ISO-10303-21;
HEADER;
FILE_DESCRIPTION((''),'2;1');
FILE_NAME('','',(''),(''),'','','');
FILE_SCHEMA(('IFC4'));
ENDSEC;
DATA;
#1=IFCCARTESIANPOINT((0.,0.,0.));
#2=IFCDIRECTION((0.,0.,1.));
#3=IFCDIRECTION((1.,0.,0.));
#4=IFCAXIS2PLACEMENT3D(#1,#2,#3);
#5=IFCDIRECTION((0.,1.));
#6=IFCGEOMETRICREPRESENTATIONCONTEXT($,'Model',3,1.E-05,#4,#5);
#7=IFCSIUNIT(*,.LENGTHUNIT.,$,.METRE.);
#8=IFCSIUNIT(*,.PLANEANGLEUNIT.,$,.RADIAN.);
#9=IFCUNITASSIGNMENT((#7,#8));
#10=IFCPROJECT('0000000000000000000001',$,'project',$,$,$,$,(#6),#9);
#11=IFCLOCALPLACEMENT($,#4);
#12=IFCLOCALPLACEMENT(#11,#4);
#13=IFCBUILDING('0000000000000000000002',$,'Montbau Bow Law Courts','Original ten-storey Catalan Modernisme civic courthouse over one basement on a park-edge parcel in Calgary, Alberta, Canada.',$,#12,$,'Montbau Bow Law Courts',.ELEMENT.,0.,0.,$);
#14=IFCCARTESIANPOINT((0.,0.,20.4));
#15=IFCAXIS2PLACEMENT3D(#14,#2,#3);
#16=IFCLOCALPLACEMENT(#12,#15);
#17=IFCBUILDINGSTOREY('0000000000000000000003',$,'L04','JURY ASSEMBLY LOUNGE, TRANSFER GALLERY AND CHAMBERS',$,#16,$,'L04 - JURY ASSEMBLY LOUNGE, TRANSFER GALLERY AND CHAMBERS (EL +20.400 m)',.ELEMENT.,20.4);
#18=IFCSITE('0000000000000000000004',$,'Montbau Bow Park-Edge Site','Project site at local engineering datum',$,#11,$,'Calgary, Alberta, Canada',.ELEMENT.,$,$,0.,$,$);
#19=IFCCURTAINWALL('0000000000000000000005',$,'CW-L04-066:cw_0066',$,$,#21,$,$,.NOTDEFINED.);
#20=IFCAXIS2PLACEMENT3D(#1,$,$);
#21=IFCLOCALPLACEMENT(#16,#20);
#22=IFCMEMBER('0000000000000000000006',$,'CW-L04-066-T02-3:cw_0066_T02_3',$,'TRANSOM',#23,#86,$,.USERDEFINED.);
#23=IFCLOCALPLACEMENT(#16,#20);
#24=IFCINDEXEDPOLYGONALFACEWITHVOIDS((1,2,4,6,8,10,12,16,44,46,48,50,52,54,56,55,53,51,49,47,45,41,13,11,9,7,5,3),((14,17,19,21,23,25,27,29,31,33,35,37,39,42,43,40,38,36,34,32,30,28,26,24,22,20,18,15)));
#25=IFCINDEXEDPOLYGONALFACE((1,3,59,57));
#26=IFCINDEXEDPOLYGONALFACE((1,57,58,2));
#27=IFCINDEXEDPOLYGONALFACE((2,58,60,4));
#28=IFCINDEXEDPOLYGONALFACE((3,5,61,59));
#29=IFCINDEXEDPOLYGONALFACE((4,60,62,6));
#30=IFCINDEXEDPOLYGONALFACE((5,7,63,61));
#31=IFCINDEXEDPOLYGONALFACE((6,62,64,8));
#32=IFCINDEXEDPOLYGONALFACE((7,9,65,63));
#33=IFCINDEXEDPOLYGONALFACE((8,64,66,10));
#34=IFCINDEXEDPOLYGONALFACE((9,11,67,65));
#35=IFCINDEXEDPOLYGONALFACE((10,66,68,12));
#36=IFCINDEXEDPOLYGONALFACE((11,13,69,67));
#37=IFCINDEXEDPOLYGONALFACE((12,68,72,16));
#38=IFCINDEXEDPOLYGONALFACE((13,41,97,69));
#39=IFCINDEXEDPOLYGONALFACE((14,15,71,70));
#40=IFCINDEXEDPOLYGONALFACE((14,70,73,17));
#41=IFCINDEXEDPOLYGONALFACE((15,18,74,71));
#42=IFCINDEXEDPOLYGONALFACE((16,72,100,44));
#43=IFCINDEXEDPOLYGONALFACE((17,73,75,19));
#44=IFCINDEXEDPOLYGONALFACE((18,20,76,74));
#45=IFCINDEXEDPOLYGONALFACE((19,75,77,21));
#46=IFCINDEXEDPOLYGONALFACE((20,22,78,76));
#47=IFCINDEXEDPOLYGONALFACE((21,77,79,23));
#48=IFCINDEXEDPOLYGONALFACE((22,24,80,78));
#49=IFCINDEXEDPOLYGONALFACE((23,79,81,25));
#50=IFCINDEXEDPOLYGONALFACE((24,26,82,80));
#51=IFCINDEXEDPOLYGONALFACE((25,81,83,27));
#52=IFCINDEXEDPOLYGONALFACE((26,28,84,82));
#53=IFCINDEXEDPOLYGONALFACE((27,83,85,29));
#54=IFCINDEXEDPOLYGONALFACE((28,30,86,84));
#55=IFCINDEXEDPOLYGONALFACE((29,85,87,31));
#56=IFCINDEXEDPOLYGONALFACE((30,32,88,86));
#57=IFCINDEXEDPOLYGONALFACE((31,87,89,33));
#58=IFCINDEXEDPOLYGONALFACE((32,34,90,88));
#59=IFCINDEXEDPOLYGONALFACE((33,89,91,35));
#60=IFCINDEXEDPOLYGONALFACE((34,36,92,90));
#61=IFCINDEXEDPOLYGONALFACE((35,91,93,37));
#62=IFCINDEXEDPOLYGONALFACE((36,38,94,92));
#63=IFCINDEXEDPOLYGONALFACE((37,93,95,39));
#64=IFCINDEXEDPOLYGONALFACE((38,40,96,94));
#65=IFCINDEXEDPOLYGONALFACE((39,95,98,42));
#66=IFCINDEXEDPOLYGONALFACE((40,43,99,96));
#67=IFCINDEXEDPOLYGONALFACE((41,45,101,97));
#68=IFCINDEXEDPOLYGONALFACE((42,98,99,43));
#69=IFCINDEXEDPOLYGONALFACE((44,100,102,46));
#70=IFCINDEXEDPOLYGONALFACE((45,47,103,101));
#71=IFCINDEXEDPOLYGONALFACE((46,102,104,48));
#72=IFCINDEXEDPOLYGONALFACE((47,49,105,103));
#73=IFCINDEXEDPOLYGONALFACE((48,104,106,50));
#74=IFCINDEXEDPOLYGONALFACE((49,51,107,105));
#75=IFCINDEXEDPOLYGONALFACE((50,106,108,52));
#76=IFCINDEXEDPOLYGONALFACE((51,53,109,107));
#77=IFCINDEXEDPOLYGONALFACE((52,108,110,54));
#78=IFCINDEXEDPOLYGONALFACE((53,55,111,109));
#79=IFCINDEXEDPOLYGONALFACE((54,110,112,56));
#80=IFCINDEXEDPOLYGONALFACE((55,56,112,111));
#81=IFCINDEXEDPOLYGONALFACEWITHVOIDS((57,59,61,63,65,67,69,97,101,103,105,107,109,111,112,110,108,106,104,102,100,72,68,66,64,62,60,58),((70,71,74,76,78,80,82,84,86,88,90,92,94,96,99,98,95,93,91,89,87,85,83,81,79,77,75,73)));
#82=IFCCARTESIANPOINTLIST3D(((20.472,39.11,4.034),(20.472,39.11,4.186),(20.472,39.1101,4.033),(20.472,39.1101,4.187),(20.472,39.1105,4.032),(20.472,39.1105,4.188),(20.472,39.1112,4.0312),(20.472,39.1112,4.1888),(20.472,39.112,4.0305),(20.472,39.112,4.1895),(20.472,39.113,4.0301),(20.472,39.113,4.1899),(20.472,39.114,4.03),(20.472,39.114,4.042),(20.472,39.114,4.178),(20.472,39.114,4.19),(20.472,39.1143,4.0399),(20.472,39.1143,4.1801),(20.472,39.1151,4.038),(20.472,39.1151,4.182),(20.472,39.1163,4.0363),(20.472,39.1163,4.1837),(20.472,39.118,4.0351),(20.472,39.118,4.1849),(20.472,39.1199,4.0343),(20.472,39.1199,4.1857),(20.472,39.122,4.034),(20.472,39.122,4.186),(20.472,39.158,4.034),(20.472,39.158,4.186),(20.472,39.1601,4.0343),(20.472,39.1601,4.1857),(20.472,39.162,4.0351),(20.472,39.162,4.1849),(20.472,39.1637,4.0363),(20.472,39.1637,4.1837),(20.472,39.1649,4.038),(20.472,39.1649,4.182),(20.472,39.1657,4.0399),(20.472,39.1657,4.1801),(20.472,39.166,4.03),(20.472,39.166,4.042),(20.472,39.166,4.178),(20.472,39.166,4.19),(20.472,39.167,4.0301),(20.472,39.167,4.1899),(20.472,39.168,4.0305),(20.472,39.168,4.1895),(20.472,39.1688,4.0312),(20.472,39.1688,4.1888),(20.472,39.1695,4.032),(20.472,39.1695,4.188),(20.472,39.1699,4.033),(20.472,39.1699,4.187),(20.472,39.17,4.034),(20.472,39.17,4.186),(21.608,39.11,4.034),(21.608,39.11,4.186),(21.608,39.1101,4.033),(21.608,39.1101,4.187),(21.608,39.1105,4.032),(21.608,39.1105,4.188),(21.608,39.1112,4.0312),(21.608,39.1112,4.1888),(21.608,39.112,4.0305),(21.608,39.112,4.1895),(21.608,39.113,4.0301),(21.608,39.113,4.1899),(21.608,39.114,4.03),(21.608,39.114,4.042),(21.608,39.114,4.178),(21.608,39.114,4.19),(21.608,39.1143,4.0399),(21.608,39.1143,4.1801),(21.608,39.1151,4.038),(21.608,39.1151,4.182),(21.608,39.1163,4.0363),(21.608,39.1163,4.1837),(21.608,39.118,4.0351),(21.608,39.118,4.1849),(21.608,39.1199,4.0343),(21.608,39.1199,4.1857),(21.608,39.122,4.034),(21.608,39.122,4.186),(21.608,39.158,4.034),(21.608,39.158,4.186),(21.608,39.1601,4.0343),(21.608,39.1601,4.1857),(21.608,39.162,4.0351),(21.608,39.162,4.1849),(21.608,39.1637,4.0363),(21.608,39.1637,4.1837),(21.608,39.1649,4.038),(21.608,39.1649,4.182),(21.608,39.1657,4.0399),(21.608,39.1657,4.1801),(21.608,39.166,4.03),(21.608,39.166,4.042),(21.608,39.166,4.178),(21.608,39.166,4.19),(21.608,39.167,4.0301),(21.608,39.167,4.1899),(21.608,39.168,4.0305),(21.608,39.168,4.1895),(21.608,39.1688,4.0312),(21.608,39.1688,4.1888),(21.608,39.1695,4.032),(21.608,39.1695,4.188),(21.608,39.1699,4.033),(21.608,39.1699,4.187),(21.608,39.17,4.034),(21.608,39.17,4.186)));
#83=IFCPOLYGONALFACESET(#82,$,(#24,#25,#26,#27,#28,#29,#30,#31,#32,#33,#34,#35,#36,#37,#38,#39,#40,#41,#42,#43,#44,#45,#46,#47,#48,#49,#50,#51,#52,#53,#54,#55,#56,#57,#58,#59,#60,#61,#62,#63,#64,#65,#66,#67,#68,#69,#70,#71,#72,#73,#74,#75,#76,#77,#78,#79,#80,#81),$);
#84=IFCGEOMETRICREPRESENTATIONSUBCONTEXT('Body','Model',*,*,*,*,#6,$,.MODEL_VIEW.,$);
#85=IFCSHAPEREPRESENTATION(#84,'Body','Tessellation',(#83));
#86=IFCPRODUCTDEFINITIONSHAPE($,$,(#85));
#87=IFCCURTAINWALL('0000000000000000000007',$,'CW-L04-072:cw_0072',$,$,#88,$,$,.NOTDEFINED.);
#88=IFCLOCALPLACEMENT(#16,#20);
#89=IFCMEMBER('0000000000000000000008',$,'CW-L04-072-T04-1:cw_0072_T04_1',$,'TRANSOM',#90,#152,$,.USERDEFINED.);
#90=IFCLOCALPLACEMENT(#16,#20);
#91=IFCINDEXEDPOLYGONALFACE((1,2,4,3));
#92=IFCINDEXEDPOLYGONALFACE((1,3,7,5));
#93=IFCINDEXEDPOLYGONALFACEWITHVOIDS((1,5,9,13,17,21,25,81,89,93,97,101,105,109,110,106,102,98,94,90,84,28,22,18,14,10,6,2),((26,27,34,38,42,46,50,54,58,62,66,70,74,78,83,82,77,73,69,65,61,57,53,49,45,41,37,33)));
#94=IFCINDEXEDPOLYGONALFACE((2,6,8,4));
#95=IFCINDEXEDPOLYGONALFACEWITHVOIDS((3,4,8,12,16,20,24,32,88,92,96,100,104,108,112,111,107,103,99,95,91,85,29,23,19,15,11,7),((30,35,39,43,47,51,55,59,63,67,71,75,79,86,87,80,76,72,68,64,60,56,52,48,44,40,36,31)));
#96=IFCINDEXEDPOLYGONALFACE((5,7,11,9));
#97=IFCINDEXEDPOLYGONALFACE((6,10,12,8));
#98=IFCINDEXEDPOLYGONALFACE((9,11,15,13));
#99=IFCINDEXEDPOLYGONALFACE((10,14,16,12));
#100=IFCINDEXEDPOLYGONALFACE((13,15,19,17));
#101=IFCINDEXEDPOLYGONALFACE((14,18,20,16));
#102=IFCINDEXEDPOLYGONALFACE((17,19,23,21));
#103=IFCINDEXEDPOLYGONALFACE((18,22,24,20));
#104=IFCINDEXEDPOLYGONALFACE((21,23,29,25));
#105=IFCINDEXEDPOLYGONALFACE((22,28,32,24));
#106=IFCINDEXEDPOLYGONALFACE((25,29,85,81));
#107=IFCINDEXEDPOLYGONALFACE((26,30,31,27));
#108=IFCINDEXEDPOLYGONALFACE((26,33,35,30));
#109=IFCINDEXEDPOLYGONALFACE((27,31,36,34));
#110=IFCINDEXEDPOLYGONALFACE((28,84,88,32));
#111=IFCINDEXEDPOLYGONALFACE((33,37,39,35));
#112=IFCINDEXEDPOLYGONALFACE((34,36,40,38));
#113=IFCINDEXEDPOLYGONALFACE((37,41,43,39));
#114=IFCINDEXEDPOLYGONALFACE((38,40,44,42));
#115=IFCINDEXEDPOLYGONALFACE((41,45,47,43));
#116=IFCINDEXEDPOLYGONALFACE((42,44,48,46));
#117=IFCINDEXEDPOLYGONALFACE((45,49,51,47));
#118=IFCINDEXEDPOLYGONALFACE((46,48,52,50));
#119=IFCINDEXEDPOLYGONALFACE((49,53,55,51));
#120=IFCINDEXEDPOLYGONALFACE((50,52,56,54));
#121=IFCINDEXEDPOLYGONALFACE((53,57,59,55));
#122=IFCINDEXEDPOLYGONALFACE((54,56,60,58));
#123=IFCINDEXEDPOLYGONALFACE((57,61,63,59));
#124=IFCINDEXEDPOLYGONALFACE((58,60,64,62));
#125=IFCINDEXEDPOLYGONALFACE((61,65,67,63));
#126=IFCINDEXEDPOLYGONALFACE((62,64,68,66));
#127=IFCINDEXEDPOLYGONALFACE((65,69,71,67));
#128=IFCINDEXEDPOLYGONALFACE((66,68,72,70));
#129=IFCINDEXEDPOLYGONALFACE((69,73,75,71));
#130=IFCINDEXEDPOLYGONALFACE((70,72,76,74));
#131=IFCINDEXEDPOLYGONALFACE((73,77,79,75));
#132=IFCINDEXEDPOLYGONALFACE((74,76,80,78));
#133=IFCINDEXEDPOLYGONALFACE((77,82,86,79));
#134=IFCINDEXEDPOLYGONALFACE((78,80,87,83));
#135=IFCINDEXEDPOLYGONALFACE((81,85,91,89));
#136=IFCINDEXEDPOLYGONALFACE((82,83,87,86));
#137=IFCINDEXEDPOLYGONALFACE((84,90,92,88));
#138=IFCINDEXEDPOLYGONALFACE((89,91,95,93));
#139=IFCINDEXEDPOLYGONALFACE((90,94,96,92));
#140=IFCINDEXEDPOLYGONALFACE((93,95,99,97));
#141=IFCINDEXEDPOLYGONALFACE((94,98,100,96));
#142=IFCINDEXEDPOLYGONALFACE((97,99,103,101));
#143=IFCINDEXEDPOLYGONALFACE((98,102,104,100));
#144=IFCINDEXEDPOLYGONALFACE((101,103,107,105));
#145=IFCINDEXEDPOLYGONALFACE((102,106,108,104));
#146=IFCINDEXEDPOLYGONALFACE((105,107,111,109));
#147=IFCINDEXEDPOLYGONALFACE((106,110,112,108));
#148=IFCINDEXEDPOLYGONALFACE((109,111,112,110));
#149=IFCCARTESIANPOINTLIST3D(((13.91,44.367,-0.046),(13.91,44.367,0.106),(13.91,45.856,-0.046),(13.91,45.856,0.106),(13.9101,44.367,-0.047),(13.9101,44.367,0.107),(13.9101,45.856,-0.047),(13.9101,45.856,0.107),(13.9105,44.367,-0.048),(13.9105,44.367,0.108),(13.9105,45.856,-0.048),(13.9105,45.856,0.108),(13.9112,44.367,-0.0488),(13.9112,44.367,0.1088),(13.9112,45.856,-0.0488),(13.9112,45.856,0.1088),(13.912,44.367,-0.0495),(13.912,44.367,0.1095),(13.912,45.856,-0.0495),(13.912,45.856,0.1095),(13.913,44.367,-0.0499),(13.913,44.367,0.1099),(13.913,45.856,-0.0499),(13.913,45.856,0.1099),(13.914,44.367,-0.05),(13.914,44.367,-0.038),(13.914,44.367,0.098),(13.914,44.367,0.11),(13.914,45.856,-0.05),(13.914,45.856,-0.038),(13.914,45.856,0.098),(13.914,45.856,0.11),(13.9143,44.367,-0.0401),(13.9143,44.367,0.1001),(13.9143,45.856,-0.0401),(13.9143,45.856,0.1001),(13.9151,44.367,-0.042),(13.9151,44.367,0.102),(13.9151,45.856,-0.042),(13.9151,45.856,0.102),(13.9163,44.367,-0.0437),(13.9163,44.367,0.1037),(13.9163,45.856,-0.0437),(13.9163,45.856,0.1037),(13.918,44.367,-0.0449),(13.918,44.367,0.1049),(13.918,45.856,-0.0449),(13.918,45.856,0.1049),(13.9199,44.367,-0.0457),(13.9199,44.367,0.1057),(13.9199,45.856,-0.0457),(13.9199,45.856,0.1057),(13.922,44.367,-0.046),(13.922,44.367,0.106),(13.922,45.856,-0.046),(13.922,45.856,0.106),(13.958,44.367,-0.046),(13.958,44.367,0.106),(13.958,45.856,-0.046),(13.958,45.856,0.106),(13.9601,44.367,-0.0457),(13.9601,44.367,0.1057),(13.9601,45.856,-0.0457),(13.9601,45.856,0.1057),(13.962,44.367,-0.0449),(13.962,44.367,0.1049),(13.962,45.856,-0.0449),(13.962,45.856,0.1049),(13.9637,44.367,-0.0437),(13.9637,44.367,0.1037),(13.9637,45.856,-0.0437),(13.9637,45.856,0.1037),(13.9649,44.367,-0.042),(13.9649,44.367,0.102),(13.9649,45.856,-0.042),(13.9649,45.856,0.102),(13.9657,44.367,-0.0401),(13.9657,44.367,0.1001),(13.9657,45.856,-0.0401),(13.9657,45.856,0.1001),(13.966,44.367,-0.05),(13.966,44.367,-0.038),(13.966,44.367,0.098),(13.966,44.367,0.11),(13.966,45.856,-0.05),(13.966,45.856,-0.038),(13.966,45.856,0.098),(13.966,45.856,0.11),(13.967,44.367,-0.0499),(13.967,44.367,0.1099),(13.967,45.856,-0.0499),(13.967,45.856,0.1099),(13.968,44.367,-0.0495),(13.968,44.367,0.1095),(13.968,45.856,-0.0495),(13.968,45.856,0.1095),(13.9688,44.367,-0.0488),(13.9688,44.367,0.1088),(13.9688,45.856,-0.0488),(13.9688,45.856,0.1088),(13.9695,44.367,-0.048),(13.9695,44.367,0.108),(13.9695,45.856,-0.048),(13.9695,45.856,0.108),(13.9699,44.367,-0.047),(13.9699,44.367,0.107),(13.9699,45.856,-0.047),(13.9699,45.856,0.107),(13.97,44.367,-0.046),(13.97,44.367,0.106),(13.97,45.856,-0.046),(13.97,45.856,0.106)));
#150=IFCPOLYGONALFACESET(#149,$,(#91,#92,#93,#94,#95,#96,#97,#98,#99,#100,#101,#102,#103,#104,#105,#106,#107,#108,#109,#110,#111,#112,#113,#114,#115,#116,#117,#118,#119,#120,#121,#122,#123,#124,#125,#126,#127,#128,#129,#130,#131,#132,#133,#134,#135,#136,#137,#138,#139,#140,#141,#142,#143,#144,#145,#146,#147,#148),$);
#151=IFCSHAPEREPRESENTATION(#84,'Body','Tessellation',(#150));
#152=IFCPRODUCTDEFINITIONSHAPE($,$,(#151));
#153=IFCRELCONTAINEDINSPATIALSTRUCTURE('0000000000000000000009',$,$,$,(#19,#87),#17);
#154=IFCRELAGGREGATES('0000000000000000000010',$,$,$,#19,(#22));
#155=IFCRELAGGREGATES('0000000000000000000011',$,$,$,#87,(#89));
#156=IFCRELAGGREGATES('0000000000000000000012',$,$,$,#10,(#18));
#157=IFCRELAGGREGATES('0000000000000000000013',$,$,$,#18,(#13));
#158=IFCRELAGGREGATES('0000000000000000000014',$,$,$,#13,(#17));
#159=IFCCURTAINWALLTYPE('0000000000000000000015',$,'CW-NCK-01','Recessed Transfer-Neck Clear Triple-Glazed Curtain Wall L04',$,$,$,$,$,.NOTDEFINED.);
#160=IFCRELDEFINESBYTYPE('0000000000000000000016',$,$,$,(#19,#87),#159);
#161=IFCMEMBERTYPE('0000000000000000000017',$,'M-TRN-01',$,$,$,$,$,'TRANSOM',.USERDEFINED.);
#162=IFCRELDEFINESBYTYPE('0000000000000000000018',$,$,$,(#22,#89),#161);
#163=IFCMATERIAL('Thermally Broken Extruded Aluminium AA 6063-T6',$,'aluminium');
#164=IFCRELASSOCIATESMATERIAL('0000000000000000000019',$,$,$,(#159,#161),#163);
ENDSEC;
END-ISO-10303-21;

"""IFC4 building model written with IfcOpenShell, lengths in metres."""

from ifc_helpers import new_model, si_unit, direction, frame, origin_with_axes, origin_2d_with_axis, place, context, subcontext, project, spatial, hollow_rectangle, extrude, material, material_profile, profile_set, type_object, element, aggregate, save


model = new_model("IFC4")

# Units and contexts
model_context = context("Model", 3, precision=1e-05, world=origin_with_axes(), true_north=direction((0.0, 1.0)))
body_context = subcontext(model_context, "Body", "Model", "MODEL_VIEW")
ifc_project = project(units=[si_unit("LENGTHUNIT", "METRE"), si_unit("PLANEANGLEUNIT", "RADIAN")], contexts=[model_context])

# Site, building, storey
site_placement = place(None, origin_with_axes())
site = spatial("IfcSite", under=ifc_project, at=site_placement, Name="Montbau Bow Park-Edge Site", Description="Project site at local engineering datum", LongName="Calgary, Alberta, Canada", CompositionType="ELEMENT", RefElevation=0.0)
building_placement = place(site_placement, origin_with_axes())
building = spatial("IfcBuilding", under=site, at=building_placement, Name="Montbau Bow Law Courts", Description="Original ten-storey Catalan Modernisme civic courthouse over one basement on a park-edge parcel in Calgary, Alberta, Canada.", LongName="Montbau Bow Law Courts", CompositionType="ELEMENT", ElevationOfRefHeight=0.0, ElevationOfTerrain=0.0)
storey_placement = place(building_placement, frame((0.0, 0.0, 20.4), z_axis=(0.0, 0.0, 1.0), x_axis=(1.0, 0.0, 0.0)))
storey = spatial("IfcBuildingStorey", under=building, at=storey_placement, Name="L04", Description="JURY ASSEMBLY LOUNGE, TRANSFER GALLERY AND CHAMBERS", LongName="L04 - JURY ASSEMBLY LOUNGE, TRANSFER GALLERY AND CHAMBERS (EL +20.400 m)", CompositionType="ELEMENT", Elevation=20.4)

# Curtain wall
ifc_material_1 = material(Name="Thermally Broken Extruded Aluminium AA 6063-T6", Category="aluminium")
curtain_wall_type = type_object("IfcCurtainWallType", Name="CW-NCK-01", Description="Recessed Transfer-Neck Clear Triple-Glazed Curtain Wall L04", PredefinedType="NOTDEFINED", material=ifc_material_1)
curtain_wall_1_placement = place(None, frame((19.18, 39.14, 20.4), z_axis=(0.0, 0.0, 1.0), x_axis=(1.0, 0.0, 0.0)))
curtain_wall_1 = element("IfcCurtainWall", 1, at=curtain_wall_1_placement, inside=storey, type_object=curtain_wall_type, Name="CW-L04-066:cw_0066", PredefinedType="NOTDEFINED")

# Member
ifc_material_profile_1 = material_profile(ifc_material_1, hollow_rectangle(XDim=0.06, YDim=0.16, WallThickness=0.004, InnerFilletRadius=0.008, OuterFilletRadius=0.004, at=origin_2d_with_axis()), Name="CWT-160X60", Category="Main", Priority=0)
ifc_profile_set_1 = profile_set([ifc_material_profile_1], Name="Thermally Broken Extruded Aluminium AA 6063-T6")
member_type_1 = type_object("IfcMemberType", Name="M-TRN-01", ElementType="TRANSOM", PredefinedType="USERDEFINED", material=ifc_profile_set_1)
member_1_placement = place(None, frame((20.472, 39.14, 24.51), z_axis=(1.0, 0.0, 0.0), x_axis=(0.0, 1.0, 0.0)))
member_1 = element("IfcMember", 2, at=member_1_placement, type_object=member_type_1, Name="CW-L04-066-T02-3:cw_0066_T02_3", ObjectType="TRANSOM", PredefinedType="USERDEFINED", context=body_context, shape_type="SweptSolid", body=[
    extrude(hollow_rectangle(XDim=0.06, YDim=0.16, WallThickness=0.004, InnerFilletRadius=0.008, OuterFilletRadius=0.004, at=origin_2d_with_axis()), origin_with_axes(), (0.0, 0.0, 1.0), 1.136),
])

# Curtain wall, member
curtain_wall_2_placement = place(None, frame((13.94, 39.515, 20.4), z_axis=(0.0, 0.0, 1.0), x_axis=(1.0, 0.0, 0.0)))
curtain_wall_2 = element("IfcCurtainWall", 3, at=curtain_wall_2_placement, inside=storey, type_object=curtain_wall_type, Name="CW-L04-072:cw_0072", PredefinedType="NOTDEFINED")
member_2_placement = place(None, frame((13.94, 44.367, 20.43), z_axis=(0.0, 1.0, 0.0), x_axis=(-1.0, 0.0, 0.0)))
member_2 = element("IfcMember", 4, at=member_2_placement, type_object=member_type_1, Name="CW-L04-072-T04-1:cw_0072_T04_1", ObjectType="TRANSOM", PredefinedType="USERDEFINED", context=body_context, shape_type="SweptSolid", body=[
    extrude(hollow_rectangle(XDim=0.06, YDim=0.16, WallThickness=0.004, InnerFilletRadius=0.008, OuterFilletRadius=0.004, at=origin_2d_with_axis()), origin_with_axes(), (0.0, 0.0, 1.0), 1.489),
])

aggregate(curtain_wall_1, [member_1])
aggregate(curtain_wall_2, [member_2])

save(model, "model.ifc")
